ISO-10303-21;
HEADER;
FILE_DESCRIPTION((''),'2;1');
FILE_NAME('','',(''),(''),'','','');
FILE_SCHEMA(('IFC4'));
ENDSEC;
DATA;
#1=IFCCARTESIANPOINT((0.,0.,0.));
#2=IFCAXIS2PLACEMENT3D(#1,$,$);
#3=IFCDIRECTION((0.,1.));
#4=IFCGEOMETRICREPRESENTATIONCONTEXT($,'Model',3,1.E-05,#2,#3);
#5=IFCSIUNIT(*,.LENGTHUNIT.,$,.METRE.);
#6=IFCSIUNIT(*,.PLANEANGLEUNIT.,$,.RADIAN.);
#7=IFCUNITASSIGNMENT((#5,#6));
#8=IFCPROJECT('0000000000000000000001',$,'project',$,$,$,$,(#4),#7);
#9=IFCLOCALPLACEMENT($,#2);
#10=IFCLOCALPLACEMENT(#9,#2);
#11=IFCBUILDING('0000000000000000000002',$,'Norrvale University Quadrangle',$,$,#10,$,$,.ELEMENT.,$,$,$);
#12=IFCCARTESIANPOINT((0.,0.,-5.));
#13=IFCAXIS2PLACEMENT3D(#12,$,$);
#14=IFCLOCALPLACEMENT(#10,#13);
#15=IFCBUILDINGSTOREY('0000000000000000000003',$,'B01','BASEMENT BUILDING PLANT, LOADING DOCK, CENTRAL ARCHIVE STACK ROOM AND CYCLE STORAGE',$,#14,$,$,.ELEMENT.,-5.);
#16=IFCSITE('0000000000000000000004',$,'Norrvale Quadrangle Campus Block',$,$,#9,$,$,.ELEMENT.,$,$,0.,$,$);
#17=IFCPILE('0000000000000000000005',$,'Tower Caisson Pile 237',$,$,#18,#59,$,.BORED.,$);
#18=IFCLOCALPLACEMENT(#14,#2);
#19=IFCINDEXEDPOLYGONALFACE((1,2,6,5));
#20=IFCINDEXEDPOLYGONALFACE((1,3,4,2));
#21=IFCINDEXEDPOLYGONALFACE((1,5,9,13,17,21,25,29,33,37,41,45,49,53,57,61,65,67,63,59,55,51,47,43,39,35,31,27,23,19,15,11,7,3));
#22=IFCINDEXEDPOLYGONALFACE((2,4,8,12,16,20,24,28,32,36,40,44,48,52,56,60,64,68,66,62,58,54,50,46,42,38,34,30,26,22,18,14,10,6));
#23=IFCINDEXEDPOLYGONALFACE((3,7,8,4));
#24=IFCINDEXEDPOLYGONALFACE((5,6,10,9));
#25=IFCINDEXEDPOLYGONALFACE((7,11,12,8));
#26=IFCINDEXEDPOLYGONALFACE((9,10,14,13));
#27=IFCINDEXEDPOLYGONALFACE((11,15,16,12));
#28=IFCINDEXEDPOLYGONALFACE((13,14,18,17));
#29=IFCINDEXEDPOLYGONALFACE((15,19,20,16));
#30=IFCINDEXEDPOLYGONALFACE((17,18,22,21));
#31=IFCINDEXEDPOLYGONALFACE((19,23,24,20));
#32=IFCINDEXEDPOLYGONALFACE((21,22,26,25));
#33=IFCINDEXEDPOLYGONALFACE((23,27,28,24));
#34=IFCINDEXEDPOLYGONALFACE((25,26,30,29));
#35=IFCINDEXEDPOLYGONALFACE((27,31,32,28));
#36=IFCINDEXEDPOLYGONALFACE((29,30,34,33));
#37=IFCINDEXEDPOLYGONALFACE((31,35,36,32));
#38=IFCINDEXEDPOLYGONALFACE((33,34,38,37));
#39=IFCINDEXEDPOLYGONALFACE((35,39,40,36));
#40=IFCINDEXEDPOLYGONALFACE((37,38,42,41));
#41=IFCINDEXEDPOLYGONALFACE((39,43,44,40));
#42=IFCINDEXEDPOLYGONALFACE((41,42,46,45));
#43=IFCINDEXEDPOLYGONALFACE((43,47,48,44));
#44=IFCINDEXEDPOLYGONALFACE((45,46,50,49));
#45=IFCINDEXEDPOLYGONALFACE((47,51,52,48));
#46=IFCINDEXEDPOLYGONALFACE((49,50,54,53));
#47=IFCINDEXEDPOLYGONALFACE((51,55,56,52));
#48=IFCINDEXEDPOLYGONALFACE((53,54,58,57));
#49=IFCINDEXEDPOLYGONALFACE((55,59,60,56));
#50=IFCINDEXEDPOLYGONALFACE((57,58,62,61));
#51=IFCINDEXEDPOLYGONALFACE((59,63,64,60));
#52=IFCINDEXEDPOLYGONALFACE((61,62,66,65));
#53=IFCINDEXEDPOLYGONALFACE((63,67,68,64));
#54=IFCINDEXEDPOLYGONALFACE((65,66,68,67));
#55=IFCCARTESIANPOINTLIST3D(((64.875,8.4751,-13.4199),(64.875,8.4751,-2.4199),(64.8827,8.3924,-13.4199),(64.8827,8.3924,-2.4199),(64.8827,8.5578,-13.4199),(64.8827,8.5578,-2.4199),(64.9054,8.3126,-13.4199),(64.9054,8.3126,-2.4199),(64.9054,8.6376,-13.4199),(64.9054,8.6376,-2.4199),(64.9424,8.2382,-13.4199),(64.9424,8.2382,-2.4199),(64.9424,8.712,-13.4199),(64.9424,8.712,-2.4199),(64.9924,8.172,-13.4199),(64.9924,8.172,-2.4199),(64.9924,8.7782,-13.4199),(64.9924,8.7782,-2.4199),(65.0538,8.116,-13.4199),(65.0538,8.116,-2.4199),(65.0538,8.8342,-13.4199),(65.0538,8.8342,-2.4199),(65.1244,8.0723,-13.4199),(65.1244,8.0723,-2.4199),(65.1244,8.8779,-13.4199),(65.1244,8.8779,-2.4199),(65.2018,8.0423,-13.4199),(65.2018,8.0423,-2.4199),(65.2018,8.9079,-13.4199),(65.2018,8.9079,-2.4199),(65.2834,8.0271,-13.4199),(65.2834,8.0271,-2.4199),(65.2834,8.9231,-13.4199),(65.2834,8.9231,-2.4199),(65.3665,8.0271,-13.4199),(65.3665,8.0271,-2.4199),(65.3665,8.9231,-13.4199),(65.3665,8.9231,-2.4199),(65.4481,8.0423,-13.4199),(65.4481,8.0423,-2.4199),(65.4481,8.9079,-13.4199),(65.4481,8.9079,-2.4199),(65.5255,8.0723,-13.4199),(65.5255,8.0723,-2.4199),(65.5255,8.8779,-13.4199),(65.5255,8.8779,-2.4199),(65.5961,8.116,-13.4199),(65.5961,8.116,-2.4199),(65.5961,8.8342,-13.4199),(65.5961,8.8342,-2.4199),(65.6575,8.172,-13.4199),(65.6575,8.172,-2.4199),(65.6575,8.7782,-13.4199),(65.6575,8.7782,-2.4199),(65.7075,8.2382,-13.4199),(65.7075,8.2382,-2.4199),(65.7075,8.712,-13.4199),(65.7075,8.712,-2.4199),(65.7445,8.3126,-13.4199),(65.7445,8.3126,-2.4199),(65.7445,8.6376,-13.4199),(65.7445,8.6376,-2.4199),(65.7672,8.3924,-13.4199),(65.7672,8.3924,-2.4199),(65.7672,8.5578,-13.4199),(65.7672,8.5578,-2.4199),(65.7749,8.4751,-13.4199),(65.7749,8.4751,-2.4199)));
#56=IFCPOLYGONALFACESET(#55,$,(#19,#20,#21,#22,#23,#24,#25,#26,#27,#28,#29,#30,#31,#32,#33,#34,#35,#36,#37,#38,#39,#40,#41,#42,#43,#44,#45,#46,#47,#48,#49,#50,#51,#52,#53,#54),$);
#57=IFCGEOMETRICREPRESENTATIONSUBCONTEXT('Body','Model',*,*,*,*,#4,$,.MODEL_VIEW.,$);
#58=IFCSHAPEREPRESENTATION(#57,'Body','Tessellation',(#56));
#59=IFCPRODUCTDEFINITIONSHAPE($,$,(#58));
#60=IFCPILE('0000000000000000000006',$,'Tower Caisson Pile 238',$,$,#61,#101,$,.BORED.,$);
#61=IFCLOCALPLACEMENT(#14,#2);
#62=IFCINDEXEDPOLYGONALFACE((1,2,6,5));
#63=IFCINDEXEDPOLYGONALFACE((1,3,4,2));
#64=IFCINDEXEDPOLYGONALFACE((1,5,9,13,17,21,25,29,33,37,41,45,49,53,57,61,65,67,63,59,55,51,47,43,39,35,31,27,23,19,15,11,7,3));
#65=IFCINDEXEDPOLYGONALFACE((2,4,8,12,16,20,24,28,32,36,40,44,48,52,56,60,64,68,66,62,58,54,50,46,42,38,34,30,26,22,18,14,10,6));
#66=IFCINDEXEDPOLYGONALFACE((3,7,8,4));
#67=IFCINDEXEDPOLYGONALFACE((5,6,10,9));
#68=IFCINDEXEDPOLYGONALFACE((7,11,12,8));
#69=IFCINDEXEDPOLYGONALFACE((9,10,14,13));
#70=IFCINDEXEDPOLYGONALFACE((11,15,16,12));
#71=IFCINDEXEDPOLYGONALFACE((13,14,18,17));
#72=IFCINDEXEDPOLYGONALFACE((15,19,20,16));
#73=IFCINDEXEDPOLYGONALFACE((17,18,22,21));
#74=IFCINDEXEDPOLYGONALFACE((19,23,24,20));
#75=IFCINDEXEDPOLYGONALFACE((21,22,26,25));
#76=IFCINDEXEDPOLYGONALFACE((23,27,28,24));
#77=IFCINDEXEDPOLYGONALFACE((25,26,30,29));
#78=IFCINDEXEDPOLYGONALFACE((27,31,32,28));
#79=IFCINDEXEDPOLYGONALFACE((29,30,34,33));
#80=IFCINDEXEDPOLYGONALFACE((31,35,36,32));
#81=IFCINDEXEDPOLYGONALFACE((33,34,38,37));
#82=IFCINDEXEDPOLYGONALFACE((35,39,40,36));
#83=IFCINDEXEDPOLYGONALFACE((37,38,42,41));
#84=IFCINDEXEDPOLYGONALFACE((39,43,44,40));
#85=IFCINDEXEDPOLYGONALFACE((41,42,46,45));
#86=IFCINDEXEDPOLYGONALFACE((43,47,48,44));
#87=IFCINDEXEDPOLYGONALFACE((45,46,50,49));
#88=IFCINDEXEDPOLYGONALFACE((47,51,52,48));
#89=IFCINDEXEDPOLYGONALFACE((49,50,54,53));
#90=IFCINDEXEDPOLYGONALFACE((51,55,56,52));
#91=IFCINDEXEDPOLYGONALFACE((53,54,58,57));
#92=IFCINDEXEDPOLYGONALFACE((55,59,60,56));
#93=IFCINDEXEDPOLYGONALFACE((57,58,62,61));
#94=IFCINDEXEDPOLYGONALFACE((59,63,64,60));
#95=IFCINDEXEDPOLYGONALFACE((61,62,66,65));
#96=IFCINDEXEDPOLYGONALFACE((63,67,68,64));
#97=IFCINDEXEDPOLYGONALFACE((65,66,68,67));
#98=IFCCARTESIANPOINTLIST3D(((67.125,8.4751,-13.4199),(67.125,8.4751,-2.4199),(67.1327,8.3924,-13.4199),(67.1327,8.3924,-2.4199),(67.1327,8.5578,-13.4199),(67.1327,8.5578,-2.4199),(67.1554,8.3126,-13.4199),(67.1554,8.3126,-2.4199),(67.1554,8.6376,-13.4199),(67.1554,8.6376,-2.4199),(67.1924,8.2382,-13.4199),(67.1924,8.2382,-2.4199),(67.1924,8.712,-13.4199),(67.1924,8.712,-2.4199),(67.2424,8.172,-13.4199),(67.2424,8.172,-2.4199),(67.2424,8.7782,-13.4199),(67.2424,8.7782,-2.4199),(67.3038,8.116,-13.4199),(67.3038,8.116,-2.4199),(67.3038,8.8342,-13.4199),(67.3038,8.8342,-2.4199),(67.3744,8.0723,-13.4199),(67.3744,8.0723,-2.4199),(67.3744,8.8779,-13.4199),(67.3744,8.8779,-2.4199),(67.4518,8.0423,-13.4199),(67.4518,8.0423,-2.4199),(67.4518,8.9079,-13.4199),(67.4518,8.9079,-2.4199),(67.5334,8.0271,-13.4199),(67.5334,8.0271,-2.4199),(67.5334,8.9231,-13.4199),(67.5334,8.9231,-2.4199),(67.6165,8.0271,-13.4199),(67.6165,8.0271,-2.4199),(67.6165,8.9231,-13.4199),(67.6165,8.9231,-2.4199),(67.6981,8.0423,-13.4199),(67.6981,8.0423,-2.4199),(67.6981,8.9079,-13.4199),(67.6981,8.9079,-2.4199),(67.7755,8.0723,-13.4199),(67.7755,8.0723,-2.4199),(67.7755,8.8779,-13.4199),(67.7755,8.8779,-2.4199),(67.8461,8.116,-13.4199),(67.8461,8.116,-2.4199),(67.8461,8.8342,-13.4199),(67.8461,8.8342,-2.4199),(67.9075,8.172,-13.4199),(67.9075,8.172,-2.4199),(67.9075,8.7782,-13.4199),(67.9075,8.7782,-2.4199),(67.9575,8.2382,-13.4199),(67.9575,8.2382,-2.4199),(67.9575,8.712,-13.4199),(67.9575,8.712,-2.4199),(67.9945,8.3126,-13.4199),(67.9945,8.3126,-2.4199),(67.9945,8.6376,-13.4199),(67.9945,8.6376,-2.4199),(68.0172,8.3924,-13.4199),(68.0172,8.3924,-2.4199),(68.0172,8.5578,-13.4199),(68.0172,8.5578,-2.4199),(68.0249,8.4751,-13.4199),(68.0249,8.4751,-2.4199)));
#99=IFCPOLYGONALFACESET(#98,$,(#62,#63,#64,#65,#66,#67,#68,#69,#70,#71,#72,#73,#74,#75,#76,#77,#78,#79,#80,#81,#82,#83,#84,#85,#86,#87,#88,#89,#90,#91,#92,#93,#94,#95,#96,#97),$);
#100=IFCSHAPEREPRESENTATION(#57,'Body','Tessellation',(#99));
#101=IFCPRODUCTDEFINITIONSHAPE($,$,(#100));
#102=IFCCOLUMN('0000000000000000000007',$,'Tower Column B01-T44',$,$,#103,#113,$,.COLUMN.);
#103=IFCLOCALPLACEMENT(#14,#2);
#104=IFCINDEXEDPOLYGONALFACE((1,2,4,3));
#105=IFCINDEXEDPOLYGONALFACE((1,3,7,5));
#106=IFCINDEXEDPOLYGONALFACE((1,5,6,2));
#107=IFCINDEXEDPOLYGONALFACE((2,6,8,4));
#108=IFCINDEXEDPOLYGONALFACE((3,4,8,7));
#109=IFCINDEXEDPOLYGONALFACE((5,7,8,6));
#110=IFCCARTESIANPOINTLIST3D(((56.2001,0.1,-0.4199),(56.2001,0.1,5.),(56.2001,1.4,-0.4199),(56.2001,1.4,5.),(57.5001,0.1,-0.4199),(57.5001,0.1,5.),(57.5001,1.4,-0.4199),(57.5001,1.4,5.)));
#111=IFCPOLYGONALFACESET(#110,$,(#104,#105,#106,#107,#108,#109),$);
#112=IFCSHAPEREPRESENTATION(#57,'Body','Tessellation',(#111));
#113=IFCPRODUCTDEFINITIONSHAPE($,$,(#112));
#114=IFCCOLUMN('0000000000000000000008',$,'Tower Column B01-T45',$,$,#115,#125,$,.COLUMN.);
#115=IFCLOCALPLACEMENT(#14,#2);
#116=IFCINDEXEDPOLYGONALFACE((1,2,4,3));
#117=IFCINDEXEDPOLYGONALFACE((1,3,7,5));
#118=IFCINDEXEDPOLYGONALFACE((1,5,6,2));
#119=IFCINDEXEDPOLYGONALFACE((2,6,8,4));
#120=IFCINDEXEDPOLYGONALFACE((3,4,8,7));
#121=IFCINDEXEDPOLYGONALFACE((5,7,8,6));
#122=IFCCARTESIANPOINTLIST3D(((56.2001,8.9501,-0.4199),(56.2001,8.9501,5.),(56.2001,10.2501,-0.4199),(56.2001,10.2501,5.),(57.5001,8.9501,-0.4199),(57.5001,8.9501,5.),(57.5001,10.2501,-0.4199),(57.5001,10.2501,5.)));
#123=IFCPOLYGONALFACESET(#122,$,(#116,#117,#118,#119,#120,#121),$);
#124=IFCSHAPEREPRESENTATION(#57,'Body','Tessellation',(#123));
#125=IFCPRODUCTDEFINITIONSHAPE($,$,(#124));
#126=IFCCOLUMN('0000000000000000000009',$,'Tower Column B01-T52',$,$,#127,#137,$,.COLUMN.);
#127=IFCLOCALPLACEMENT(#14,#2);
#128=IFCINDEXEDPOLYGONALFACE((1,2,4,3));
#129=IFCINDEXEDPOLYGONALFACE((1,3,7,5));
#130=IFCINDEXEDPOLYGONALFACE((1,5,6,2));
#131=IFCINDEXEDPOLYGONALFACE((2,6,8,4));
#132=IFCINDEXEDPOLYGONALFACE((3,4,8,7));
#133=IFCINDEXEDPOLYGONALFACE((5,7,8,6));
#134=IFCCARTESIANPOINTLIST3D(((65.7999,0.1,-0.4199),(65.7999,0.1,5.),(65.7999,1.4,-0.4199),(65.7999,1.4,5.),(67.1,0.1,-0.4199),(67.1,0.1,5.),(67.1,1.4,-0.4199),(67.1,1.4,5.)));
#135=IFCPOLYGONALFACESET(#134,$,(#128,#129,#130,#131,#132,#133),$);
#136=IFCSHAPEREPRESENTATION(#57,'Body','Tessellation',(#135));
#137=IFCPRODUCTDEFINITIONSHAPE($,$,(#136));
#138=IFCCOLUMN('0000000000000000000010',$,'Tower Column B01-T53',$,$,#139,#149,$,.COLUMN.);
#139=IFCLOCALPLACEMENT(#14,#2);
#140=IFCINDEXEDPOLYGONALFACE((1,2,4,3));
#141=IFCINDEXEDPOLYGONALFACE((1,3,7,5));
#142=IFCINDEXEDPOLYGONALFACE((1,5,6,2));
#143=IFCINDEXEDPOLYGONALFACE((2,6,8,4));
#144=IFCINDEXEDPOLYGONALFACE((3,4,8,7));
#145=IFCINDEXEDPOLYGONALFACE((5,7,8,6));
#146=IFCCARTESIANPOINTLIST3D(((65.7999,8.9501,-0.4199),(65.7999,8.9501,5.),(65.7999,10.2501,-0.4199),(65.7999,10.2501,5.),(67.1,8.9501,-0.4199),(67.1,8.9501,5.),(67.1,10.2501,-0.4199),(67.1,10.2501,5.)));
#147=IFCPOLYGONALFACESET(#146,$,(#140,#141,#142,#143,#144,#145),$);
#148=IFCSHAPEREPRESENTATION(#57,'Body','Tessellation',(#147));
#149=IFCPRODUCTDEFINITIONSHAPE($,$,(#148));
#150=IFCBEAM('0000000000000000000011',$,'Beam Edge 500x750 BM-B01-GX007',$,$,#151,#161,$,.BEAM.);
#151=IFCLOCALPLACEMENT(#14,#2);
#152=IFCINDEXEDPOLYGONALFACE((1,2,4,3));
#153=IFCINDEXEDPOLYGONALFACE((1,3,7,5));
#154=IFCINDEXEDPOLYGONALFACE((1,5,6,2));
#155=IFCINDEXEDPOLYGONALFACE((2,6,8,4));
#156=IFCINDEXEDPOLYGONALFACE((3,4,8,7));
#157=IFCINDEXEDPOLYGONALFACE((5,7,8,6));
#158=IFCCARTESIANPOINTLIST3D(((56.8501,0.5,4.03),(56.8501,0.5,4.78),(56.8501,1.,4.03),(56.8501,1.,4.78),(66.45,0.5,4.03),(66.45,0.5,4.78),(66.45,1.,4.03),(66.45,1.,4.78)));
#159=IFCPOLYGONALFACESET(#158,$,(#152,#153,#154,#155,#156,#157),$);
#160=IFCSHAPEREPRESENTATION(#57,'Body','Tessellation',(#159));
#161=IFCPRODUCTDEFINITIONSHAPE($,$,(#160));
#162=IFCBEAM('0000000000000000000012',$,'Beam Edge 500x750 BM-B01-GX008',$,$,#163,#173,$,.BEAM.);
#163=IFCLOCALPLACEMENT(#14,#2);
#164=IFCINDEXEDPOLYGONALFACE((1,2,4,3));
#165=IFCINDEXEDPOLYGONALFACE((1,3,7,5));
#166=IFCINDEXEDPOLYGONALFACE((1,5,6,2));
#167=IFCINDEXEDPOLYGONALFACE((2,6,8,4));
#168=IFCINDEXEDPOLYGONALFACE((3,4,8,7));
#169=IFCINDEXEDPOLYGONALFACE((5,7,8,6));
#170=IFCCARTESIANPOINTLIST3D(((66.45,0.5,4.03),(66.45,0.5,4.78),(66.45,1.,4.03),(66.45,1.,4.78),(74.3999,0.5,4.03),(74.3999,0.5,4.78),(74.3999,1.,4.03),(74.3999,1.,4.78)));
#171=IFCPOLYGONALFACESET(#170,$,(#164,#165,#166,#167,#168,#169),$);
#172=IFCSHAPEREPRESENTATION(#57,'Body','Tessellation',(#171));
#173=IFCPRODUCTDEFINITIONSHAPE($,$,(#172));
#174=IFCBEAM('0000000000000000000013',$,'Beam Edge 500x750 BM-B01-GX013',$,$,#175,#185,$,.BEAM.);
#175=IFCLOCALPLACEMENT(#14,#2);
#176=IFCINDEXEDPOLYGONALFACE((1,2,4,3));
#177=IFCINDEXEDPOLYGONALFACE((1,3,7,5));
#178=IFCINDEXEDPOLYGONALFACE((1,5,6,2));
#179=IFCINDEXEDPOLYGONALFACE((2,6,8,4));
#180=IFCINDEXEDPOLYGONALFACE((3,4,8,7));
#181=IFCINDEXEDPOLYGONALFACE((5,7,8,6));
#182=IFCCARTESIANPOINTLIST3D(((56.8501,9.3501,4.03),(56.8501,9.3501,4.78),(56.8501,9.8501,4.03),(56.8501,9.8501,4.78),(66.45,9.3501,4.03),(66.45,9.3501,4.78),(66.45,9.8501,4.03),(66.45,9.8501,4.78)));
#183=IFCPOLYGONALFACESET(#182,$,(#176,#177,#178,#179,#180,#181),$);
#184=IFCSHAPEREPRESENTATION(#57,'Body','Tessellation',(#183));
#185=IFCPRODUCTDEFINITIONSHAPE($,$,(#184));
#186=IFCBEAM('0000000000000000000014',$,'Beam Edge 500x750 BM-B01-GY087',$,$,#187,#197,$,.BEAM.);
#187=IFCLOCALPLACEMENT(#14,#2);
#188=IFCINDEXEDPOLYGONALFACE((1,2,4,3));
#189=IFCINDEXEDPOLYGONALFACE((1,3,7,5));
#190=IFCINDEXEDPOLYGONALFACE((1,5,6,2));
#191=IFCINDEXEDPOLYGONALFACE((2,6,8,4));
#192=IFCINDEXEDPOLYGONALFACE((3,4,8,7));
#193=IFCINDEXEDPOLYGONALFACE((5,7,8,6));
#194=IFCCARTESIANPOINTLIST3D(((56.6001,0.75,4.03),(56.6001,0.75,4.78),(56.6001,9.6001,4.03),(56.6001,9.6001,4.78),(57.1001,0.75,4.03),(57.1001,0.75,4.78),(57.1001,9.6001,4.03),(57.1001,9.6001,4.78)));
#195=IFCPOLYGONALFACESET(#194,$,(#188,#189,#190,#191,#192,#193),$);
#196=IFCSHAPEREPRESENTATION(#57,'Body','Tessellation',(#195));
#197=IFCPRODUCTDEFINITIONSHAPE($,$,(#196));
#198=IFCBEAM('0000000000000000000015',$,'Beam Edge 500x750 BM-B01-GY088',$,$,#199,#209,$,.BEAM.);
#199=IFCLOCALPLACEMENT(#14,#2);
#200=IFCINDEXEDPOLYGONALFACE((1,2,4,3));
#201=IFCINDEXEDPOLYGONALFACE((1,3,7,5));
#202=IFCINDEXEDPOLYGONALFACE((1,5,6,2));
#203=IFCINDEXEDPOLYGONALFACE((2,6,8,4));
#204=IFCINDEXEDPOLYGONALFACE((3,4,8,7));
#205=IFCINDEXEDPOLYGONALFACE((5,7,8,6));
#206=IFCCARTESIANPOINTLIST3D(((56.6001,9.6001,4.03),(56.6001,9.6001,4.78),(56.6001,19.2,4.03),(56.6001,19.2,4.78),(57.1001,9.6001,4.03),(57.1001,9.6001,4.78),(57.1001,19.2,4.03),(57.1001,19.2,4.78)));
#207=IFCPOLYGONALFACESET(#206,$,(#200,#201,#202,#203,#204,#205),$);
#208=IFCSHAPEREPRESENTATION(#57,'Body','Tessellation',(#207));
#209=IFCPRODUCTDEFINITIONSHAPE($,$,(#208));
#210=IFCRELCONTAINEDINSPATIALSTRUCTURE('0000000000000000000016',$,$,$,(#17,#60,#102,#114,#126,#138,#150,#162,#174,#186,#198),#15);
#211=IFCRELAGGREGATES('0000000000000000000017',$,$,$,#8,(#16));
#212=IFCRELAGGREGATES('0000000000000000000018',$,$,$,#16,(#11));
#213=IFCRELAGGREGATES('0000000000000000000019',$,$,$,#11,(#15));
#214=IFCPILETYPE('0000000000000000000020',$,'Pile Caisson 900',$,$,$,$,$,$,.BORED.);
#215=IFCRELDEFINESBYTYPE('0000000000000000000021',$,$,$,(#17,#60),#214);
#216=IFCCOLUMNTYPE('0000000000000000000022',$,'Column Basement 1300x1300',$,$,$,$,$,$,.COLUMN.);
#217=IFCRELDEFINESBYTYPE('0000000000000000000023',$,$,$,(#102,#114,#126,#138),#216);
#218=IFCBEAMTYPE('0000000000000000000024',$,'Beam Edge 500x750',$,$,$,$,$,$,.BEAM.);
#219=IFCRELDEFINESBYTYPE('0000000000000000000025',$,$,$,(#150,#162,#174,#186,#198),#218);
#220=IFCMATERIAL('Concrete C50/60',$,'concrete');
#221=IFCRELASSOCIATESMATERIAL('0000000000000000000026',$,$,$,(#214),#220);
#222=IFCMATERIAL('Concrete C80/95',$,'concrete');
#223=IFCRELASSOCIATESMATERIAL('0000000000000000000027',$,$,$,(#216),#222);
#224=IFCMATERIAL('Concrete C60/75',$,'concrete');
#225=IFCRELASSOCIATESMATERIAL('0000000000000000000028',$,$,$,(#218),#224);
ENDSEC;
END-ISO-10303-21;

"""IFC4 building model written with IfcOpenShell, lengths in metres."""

from ifc_helpers import new_model, si_unit, direction, frame, origin, origin_2d, place, context, subcontext, project, spatial, rectangle, circle, extrude, material, material_profile, profile_set, type_object, element, save


model = new_model("IFC4")

# Units and contexts
model_context = context("Model", 3, precision=1e-05, world=origin(), true_north=direction((0.0, 1.0)))
body_context = subcontext(model_context, "Body", "Model", "MODEL_VIEW")
ifc_project = project(units=[si_unit("LENGTHUNIT", "METRE"), si_unit("PLANEANGLEUNIT", "RADIAN")], contexts=[model_context])

# Site, building, storey
site_placement = place(None, origin())
site = spatial("IfcSite", under=ifc_project, at=site_placement, Name="Norrvale Quadrangle Campus Block", CompositionType="ELEMENT", RefElevation=0.0)
building_placement = place(site_placement, origin())
building = spatial("IfcBuilding", under=site, at=building_placement, Name="Norrvale University Quadrangle", CompositionType="ELEMENT")
storey_placement = place(building_placement, frame((0.0, 0.0, -5.0)))
storey = spatial("IfcBuildingStorey", under=building, at=storey_placement, Name="B01", Description="BASEMENT BUILDING PLANT, LOADING DOCK, CENTRAL ARCHIVE STACK ROOM AND CYCLE STORAGE", CompositionType="ELEMENT", Elevation=-5.0)

# Shared definitions
ifc_material_1 = material(Name="Concrete C50/60", Category="concrete")

# Piles
ifc_material_profile_1 = material_profile(ifc_material_1, circle(Radius=0.45, at=origin_2d()), Name="Concrete C50/60")
ifc_profile_set_1 = profile_set([ifc_material_profile_1], Name="Concrete C50/60")
pile_type = type_object("IfcPileType", Name="Pile Caisson 900", PredefinedType="BORED", material=ifc_profile_set_1)
for number, where, z_axis, x_axis, name in (
    (1, (65.325, 8.4751, -2.4199), (0.0, 0.0, -1.0), (1.0, 0.0, 0.0), "Tower Caisson Pile 237"),
    (2, (67.575, 8.4751, -2.4199), (0.0, 0.0, -1.0), (1.0, 0.0, 0.0), "Tower Caisson Pile 238"),
):
    element("IfcPile", number, at=place(storey_placement, frame(where, z_axis=z_axis, x_axis=x_axis)), inside=storey, type_object=pile_type, Name=name, PredefinedType="BORED", context=body_context, shape_type="SweptSolid", body=[
        extrude(circle(Radius=0.45, at=origin_2d()), origin(), (0.0, 0.0, 1.0), 11.0),
    ])

# Columns
ifc_material_2 = material(Name="Concrete C80/95", Category="concrete")
ifc_material_profile_2 = material_profile(ifc_material_2, rectangle(XDim=1.3, YDim=1.3, at=origin_2d()), Name="Concrete C80/95")
ifc_profile_set_2 = profile_set([ifc_material_profile_2], Name="Concrete C80/95")
column_type = type_object("IfcColumnType", Name="Column Basement 1300x1300", PredefinedType="COLUMN", material=ifc_profile_set_2)
for number, where, z_axis, x_axis, name in (
    (3, (56.8501, 0.75, -0.4199), (0.0, 0.0, 1.0), (1.0, 0.0, 0.0), "Tower Column B01-T44"),
    (4, (56.8501, 9.6001, -0.4199), (0.0, 0.0, 1.0), (1.0, 0.0, 0.0), "Tower Column B01-T45"),
    (5, (66.45, 0.75, -0.4199), (0.0, 0.0, 1.0), (1.0, 0.0, 0.0), "Tower Column B01-T52"),
    (6, (66.45, 9.6001, -0.4199), (0.0, 0.0, 1.0), (1.0, 0.0, 0.0), "Tower Column B01-T53"),
):
    element("IfcColumn", number, at=place(storey_placement, frame(where, z_axis=z_axis, x_axis=x_axis)), inside=storey, type_object=column_type, Name=name, PredefinedType="COLUMN", context=body_context, shape_type="SweptSolid", body=[
        extrude(rectangle(XDim=1.3, YDim=1.3, at=origin_2d()), origin(), (0.0, 0.0, 1.0), 5.4199),
    ])

# Beams
ifc_material_3 = material(Name="Concrete C60/75", Category="concrete")
ifc_material_profile_3 = material_profile(ifc_material_3, rectangle(XDim=0.5, YDim=0.75, at=origin_2d()), Name="Concrete C60/75")
ifc_profile_set_3 = profile_set([ifc_material_profile_3], Name="Concrete C60/75")
beam_type_1 = type_object("IfcBeamType", Name="Beam Edge 500x750", PredefinedType="BEAM", material=ifc_profile_set_3)
beam_1_placement = place(storey_placement, frame((56.8501, 0.75, 4.405), z_axis=(1.0, 0.0, 0.0), x_axis=(0.0, 1.0, 0.0)))
element("IfcBeam", 7, at=beam_1_placement, inside=storey, type_object=beam_type_1, Name="Beam Edge 500x750 BM-B01-GX007", PredefinedType="BEAM", context=body_context, shape_type="SweptSolid", body=[
    extrude(rectangle(XDim=0.5, YDim=0.75, at=origin_2d()), origin(), (0.0, 0.0, 1.0), 9.5999),
])
beam_2_placement = place(storey_placement, frame((66.45, 0.75, 4.405), z_axis=(1.0, 0.0, 0.0), x_axis=(0.0, 1.0, 0.0)))
element("IfcBeam", 8, at=beam_2_placement, inside=storey, type_object=beam_type_1, Name="Beam Edge 500x750 BM-B01-GX008", PredefinedType="BEAM", context=body_context, shape_type="SweptSolid", body=[
    extrude(rectangle(XDim=0.5, YDim=0.75, at=origin_2d()), origin(), (0.0, 0.0, 1.0), 7.95),
])
beam_3_placement = place(storey_placement, frame((56.8501, 9.6001, 4.405), z_axis=(1.0, 0.0, 0.0), x_axis=(0.0, 1.0, 0.0)))
element("IfcBeam", 9, at=beam_3_placement, inside=storey, type_object=beam_type_1, Name="Beam Edge 500x750 BM-B01-GX013", PredefinedType="BEAM", context=body_context, shape_type="SweptSolid", body=[
    extrude(rectangle(XDim=0.5, YDim=0.75, at=origin_2d()), origin(), (0.0, 0.0, 1.0), 9.5999),
])
beam_4_placement = place(storey_placement, frame((56.8501, 0.75, 4.405), z_axis=(0.0, 1.0, 0.0), x_axis=(-1.0, 0.0, 0.0)))
element("IfcBeam", 10, at=beam_4_placement, inside=storey, type_object=beam_type_1, Name="Beam Edge 500x750 BM-B01-GY087", PredefinedType="BEAM", context=body_context, shape_type="SweptSolid", body=[
    extrude(rectangle(XDim=0.5, YDim=0.75, at=origin_2d()), origin(), (0.0, 0.0, 1.0), 8.8501),
])
beam_5_placement = place(storey_placement, frame((56.8501, 9.6001, 4.405), z_axis=(0.0, 1.0, 0.0), x_axis=(-1.0, 0.0, 0.0)))
element("IfcBeam", 11, at=beam_5_placement, inside=storey, type_object=beam_type_1, Name="Beam Edge 500x750 BM-B01-GY088", PredefinedType="BEAM", context=body_context, shape_type="SweptSolid", body=[
    extrude(rectangle(XDim=0.5, YDim=0.75, at=origin_2d()), origin(), (0.0, 0.0, 1.0), 9.5999),
])

save(model, "model.ifc")
